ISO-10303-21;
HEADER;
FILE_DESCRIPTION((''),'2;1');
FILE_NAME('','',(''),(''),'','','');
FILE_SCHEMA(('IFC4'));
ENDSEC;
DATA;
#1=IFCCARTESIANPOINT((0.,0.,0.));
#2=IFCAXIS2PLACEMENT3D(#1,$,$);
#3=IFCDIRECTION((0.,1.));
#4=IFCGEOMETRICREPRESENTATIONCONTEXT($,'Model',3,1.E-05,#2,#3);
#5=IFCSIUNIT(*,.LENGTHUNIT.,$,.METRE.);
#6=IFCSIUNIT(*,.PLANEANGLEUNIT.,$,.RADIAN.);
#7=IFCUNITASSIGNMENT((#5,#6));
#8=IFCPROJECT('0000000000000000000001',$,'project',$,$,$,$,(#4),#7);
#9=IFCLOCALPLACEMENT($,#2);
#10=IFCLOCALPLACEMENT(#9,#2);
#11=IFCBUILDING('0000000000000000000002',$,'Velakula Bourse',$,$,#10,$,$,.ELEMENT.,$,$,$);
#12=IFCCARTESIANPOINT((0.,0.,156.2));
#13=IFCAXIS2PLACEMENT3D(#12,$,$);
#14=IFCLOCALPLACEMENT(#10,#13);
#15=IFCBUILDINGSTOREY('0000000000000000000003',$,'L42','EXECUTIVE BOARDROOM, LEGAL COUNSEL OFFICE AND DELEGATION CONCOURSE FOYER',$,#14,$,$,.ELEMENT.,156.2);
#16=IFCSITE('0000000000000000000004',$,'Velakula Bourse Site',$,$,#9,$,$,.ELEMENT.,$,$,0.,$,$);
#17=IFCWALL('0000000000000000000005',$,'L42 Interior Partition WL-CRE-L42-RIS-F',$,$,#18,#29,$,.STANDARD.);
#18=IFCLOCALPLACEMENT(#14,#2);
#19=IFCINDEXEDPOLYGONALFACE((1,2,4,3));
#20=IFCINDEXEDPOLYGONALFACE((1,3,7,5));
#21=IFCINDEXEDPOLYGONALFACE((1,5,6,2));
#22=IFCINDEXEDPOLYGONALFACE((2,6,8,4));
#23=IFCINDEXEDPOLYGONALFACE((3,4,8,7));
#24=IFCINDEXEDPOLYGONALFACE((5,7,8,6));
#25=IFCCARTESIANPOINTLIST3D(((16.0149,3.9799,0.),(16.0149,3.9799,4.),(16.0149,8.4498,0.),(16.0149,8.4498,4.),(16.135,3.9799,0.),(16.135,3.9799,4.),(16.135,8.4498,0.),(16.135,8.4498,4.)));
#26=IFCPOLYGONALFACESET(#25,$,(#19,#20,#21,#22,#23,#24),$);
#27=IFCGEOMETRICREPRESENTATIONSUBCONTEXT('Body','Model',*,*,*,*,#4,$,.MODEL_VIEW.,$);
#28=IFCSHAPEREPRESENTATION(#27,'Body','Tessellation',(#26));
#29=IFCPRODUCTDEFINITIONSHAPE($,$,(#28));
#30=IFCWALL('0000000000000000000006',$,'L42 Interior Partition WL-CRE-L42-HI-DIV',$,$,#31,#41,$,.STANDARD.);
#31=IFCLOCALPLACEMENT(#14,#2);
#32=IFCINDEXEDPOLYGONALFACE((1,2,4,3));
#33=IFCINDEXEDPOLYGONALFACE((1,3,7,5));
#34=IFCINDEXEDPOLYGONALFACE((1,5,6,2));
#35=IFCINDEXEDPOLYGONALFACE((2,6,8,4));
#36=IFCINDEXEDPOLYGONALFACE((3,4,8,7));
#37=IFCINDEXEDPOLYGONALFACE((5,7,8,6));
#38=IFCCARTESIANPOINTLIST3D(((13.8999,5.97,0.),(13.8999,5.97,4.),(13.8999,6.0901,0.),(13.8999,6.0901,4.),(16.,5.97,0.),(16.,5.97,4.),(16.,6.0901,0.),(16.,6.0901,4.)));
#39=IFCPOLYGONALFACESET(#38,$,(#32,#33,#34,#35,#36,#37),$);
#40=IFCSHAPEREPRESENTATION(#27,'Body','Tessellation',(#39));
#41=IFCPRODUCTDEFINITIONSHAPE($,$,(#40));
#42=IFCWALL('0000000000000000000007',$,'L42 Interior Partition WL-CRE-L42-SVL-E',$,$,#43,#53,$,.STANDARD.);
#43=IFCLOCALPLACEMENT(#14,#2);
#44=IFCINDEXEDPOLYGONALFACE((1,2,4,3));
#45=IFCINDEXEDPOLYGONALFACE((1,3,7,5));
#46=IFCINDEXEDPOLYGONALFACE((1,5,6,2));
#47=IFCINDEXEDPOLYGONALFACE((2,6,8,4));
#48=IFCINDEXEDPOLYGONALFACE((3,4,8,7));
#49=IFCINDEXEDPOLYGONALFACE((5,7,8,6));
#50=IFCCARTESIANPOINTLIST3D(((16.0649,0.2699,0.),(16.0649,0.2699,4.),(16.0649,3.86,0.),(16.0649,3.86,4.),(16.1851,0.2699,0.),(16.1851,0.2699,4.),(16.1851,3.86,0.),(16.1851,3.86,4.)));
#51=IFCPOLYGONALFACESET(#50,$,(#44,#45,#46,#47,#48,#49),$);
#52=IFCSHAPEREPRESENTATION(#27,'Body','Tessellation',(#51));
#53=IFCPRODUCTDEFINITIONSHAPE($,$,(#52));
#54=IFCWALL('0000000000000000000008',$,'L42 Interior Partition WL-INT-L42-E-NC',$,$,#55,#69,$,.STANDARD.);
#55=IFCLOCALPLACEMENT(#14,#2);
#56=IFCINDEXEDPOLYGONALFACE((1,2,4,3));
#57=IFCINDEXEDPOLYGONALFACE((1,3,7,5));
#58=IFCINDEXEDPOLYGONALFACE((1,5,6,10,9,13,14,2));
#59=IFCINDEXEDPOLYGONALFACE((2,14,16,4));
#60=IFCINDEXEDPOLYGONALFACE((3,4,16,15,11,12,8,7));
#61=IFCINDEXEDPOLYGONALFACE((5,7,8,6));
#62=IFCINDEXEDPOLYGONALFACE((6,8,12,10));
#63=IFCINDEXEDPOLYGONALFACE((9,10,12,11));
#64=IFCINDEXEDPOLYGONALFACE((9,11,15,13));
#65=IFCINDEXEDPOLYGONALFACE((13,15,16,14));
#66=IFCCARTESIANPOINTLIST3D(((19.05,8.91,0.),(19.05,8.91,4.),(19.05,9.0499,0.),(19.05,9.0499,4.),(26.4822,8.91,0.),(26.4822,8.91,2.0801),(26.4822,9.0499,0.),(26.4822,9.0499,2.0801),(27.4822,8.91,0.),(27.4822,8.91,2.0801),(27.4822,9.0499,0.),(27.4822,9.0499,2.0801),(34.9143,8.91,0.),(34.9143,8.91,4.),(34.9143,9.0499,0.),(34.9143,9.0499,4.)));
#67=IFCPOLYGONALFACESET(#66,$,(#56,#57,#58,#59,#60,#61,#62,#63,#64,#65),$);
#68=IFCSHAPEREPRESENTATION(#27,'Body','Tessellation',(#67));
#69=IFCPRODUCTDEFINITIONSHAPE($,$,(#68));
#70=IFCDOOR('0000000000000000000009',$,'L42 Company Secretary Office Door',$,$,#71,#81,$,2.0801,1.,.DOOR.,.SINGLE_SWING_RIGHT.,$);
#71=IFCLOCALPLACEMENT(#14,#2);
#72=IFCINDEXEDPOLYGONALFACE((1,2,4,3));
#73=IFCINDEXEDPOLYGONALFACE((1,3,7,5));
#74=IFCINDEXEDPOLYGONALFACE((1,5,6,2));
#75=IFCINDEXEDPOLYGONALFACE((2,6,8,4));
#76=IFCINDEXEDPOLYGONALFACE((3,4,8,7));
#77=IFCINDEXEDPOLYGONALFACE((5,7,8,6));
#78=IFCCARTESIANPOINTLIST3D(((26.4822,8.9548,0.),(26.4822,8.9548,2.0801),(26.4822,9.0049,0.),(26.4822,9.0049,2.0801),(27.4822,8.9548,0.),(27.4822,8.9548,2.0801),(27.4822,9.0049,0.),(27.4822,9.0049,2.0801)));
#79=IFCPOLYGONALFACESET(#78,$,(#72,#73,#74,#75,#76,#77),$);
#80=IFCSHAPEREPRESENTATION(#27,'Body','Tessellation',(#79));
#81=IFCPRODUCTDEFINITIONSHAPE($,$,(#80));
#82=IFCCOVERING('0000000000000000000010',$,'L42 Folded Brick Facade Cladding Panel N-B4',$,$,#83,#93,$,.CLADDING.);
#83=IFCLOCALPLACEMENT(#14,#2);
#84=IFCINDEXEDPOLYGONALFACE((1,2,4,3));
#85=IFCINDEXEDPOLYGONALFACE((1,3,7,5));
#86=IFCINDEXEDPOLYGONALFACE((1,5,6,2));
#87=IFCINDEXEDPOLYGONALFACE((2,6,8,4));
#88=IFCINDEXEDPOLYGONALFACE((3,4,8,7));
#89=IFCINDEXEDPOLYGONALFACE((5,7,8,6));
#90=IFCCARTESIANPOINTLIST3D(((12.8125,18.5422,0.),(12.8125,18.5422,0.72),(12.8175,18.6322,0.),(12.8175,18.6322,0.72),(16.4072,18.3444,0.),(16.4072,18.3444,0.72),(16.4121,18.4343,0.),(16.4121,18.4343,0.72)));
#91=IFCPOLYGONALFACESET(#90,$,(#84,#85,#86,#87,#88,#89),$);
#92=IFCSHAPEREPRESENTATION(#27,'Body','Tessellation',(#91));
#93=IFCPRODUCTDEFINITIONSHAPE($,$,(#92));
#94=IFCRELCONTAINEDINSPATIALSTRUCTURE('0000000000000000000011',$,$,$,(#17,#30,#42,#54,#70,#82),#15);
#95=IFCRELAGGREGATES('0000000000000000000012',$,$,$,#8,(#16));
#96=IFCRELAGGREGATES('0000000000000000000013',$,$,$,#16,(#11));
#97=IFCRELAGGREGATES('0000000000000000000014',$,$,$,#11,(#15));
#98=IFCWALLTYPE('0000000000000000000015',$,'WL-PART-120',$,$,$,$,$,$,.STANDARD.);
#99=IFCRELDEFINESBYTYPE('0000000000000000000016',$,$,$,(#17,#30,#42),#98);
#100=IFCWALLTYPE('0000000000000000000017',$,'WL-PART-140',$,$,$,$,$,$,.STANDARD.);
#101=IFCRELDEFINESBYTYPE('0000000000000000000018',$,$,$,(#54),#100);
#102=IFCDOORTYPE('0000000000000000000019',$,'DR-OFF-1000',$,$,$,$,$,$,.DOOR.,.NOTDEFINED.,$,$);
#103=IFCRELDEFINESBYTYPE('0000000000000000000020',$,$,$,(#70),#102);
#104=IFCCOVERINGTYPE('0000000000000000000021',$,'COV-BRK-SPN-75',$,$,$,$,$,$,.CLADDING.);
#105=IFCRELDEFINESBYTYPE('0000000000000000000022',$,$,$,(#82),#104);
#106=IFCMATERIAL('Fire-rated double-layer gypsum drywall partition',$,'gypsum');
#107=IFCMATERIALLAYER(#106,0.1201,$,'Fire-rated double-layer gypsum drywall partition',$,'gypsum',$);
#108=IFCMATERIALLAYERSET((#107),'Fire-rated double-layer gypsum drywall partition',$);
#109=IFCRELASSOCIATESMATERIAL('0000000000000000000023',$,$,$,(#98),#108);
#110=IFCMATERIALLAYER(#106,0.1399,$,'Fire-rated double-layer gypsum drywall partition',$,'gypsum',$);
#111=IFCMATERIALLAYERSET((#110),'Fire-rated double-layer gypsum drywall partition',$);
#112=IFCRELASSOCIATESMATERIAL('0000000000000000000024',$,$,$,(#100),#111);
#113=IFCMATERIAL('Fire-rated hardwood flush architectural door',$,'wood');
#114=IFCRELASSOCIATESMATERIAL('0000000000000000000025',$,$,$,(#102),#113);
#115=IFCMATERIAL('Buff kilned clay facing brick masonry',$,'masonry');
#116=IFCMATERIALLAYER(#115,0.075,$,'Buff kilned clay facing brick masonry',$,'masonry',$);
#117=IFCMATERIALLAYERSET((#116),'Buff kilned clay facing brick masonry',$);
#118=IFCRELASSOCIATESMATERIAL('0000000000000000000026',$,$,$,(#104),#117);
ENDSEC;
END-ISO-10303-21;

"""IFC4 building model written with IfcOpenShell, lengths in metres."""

from ifc_helpers import new_model, si_unit, direction, frame, frame_2d, origin, origin_2d, place, context, subcontext, project, spatial, rectangle, extrude, material, layer, layer_set, type_object, element, fill, save


model = new_model("IFC4")

# Units and contexts
model_context = context("Model", 3, precision=1e-05, world=origin(), true_north=direction((0.0, 1.0)))
body_context = subcontext(model_context, "Body", "Model", "MODEL_VIEW")
ifc_project = project(units=[si_unit("LENGTHUNIT", "METRE"), si_unit("PLANEANGLEUNIT", "RADIAN")], contexts=[model_context])

# Site, building, storey
site_placement = place(None, origin())
site = spatial("IfcSite", under=ifc_project, at=site_placement, Name="Velakula Bourse Site", CompositionType="ELEMENT", RefElevation=0.0)
building_placement = place(site_placement, origin())
building = spatial("IfcBuilding", under=site, at=building_placement, Name="Velakula Bourse", CompositionType="ELEMENT")
storey_placement = place(building_placement, frame((0.0, 0.0, 156.2)))
storey = spatial("IfcBuildingStorey", under=building, at=storey_placement, Name="L42", Description="EXECUTIVE BOARDROOM, LEGAL COUNSEL OFFICE AND DELEGATION CONCOURSE FOYER", CompositionType="ELEMENT", Elevation=156.2)

# Walls
ifc_material_1 = material(Name="Fire-rated double-layer gypsum drywall partition", Category="gypsum")
ifc_layer_1 = layer(ifc_material_1, 0.1201, Name="Fire-rated double-layer gypsum drywall partition", Category="gypsum")
ifc_layer_set_1 = layer_set([ifc_layer_1], Name="Fire-rated double-layer gypsum drywall partition")
wall_type_1 = type_object("IfcWallType", Name="WL-PART-120", PredefinedType="STANDARD", material=ifc_layer_set_1)
wall_1_placement = place(storey_placement, frame((16.075, 3.98, 0.0), z_axis=(0.0, 0.0, 1.0), x_axis=(0.0, 1.0, 0.0)))
element("IfcWall", 1, at=wall_1_placement, inside=storey, type_object=wall_type_1, Name="L42 Interior Partition WL-CRE-L42-RIS-F", PredefinedType="STANDARD", context=body_context, shape_type="SweptSolid", body=[
    extrude(rectangle(XDim=4.47, YDim=0.1201, at=frame_2d((2.2349, 0.0))), origin(), (0.0, 0.0, 1.0), 4.0),
])
wall_2_placement = place(storey_placement, frame((13.8999, 6.03, 0.0), z_axis=(0.0, 0.0, 1.0), x_axis=(1.0, 0.0, 0.0)))
element("IfcWall", 2, at=wall_2_placement, inside=storey, type_object=wall_type_1, Name="L42 Interior Partition WL-CRE-L42-HI-DIV", PredefinedType="STANDARD", context=body_context, shape_type="SweptSolid", body=[
    extrude(rectangle(XDim=2.1001, YDim=0.1201, at=frame_2d((1.05, 0.0))), origin(), (0.0, 0.0, 1.0), 4.0),
])
wall_3_placement = place(storey_placement, frame((16.125, 0.27, 0.0), z_axis=(0.0, 0.0, 1.0), x_axis=(0.0, 1.0, 0.0)))
element("IfcWall", 3, at=wall_3_placement, inside=storey, type_object=wall_type_1, Name="L42 Interior Partition WL-CRE-L42-SVL-E", PredefinedType="STANDARD", context=body_context, shape_type="SweptSolid", body=[
    extrude(rectangle(XDim=3.5901, YDim=0.1201, at=frame_2d((1.7949, 0.0))), origin(), (0.0, 0.0, 1.0), 4.0),
])

# Wall, opening, door
ifc_layer_2 = layer(ifc_material_1, 0.1399, Name="Fire-rated double-layer gypsum drywall partition", Category="gypsum")
ifc_layer_set_2 = layer_set([ifc_layer_2], Name="Fire-rated double-layer gypsum drywall partition")
wall_type_2 = type_object("IfcWallType", Name="WL-PART-140", PredefinedType="STANDARD", material=ifc_layer_set_2)
wall_4_placement = place(storey_placement, frame((19.05, 8.98, 0.0), z_axis=(0.0, 0.0, 1.0), x_axis=(1.0, 0.0, 0.0)))
wall_4 = element("IfcWall", 4, at=wall_4_placement, inside=storey, type_object=wall_type_2, Name="L42 Interior Partition WL-INT-L42-E-NC", PredefinedType="STANDARD", context=body_context, shape_type="SweptSolid", body=[
    extrude(rectangle(XDim=15.8643, YDim=0.1399, at=frame_2d((7.9321, 0.0))), origin(), (0.0, 0.0, 1.0), 4.0),
])
opening_1_placement = place(wall_4_placement, frame((7.4321, 0.0, 0.0)))
opening_1 = element("IfcOpeningElement", 5, at=opening_1_placement, cuts=wall_4, PredefinedType="OPENING", context=body_context, shape_type="SweptSolid", body=[
    extrude(rectangle(XDim=1.0, YDim=2.0801, at=frame_2d((0.5, 1.04))), frame((0.0, 0.0798, 0.0), z_axis=(0.0, -1.0, 0.0), x_axis=(1.0, 0.0, 0.0)), (0.0, 0.0, 1.0), 0.1599),
])
ifc_material_2 = material(Name="Fire-rated hardwood flush architectural door", Category="wood")
door_type_1 = type_object("IfcDoorType", Name="DR-OFF-1000", OperationType="NOTDEFINED", PredefinedType="DOOR", material=ifc_material_2)
door_1_placement = place(opening_1_placement, origin())
door_1 = element("IfcDoor", 6, at=door_1_placement, inside=storey, type_object=door_type_1, Name="L42 Company Secretary Office Door", OperationType="SINGLE_SWING_RIGHT", OverallHeight=2.0801, OverallWidth=1.0, PredefinedType="DOOR", context=body_context, shape_type="SweptSolid", body=[
    extrude(rectangle(XDim=1.0, YDim=2.0801, at=frame_2d((0.5, 1.04))), frame((0.0, 0.0249, 0.0), z_axis=(0.0, -1.0, 0.0), x_axis=(1.0, 0.0, 0.0)), (0.0, 0.0, 1.0), 0.05),
])
fill(opening_1, door_1)

# Covering
ifc_material_3 = material(Name="Buff kilned clay facing brick masonry", Category="masonry")
ifc_layer_3 = layer(ifc_material_3, 0.075, Name="Buff kilned clay facing brick masonry", Category="masonry")
ifc_layer_set_3 = layer_set([ifc_layer_3], Name="Buff kilned clay facing brick masonry")
covering_type = type_object("IfcCoveringType", Name="COV-BRK-SPN-75", PredefinedType="CLADDING", material=ifc_layer_set_3)
covering_placement = place(storey_placement, frame((14.6123, 18.4883, 0.0), z_axis=(0.0, 0.0, 1.0), x_axis=(0.998489, -0.05495, 0.0)))
element("IfcCovering", 7, at=covering_placement, inside=storey, type_object=covering_type, Name="L42 Folded Brick Facade Cladding Panel N-B4", PredefinedType="CLADDING", context=body_context, shape_type="SweptSolid", body=[
    extrude(rectangle(XDim=3.6001, YDim=0.0901, at=origin_2d()), origin(), (0.0, 0.0, 1.0), 0.72),
])

save(model, "model.ifc")
